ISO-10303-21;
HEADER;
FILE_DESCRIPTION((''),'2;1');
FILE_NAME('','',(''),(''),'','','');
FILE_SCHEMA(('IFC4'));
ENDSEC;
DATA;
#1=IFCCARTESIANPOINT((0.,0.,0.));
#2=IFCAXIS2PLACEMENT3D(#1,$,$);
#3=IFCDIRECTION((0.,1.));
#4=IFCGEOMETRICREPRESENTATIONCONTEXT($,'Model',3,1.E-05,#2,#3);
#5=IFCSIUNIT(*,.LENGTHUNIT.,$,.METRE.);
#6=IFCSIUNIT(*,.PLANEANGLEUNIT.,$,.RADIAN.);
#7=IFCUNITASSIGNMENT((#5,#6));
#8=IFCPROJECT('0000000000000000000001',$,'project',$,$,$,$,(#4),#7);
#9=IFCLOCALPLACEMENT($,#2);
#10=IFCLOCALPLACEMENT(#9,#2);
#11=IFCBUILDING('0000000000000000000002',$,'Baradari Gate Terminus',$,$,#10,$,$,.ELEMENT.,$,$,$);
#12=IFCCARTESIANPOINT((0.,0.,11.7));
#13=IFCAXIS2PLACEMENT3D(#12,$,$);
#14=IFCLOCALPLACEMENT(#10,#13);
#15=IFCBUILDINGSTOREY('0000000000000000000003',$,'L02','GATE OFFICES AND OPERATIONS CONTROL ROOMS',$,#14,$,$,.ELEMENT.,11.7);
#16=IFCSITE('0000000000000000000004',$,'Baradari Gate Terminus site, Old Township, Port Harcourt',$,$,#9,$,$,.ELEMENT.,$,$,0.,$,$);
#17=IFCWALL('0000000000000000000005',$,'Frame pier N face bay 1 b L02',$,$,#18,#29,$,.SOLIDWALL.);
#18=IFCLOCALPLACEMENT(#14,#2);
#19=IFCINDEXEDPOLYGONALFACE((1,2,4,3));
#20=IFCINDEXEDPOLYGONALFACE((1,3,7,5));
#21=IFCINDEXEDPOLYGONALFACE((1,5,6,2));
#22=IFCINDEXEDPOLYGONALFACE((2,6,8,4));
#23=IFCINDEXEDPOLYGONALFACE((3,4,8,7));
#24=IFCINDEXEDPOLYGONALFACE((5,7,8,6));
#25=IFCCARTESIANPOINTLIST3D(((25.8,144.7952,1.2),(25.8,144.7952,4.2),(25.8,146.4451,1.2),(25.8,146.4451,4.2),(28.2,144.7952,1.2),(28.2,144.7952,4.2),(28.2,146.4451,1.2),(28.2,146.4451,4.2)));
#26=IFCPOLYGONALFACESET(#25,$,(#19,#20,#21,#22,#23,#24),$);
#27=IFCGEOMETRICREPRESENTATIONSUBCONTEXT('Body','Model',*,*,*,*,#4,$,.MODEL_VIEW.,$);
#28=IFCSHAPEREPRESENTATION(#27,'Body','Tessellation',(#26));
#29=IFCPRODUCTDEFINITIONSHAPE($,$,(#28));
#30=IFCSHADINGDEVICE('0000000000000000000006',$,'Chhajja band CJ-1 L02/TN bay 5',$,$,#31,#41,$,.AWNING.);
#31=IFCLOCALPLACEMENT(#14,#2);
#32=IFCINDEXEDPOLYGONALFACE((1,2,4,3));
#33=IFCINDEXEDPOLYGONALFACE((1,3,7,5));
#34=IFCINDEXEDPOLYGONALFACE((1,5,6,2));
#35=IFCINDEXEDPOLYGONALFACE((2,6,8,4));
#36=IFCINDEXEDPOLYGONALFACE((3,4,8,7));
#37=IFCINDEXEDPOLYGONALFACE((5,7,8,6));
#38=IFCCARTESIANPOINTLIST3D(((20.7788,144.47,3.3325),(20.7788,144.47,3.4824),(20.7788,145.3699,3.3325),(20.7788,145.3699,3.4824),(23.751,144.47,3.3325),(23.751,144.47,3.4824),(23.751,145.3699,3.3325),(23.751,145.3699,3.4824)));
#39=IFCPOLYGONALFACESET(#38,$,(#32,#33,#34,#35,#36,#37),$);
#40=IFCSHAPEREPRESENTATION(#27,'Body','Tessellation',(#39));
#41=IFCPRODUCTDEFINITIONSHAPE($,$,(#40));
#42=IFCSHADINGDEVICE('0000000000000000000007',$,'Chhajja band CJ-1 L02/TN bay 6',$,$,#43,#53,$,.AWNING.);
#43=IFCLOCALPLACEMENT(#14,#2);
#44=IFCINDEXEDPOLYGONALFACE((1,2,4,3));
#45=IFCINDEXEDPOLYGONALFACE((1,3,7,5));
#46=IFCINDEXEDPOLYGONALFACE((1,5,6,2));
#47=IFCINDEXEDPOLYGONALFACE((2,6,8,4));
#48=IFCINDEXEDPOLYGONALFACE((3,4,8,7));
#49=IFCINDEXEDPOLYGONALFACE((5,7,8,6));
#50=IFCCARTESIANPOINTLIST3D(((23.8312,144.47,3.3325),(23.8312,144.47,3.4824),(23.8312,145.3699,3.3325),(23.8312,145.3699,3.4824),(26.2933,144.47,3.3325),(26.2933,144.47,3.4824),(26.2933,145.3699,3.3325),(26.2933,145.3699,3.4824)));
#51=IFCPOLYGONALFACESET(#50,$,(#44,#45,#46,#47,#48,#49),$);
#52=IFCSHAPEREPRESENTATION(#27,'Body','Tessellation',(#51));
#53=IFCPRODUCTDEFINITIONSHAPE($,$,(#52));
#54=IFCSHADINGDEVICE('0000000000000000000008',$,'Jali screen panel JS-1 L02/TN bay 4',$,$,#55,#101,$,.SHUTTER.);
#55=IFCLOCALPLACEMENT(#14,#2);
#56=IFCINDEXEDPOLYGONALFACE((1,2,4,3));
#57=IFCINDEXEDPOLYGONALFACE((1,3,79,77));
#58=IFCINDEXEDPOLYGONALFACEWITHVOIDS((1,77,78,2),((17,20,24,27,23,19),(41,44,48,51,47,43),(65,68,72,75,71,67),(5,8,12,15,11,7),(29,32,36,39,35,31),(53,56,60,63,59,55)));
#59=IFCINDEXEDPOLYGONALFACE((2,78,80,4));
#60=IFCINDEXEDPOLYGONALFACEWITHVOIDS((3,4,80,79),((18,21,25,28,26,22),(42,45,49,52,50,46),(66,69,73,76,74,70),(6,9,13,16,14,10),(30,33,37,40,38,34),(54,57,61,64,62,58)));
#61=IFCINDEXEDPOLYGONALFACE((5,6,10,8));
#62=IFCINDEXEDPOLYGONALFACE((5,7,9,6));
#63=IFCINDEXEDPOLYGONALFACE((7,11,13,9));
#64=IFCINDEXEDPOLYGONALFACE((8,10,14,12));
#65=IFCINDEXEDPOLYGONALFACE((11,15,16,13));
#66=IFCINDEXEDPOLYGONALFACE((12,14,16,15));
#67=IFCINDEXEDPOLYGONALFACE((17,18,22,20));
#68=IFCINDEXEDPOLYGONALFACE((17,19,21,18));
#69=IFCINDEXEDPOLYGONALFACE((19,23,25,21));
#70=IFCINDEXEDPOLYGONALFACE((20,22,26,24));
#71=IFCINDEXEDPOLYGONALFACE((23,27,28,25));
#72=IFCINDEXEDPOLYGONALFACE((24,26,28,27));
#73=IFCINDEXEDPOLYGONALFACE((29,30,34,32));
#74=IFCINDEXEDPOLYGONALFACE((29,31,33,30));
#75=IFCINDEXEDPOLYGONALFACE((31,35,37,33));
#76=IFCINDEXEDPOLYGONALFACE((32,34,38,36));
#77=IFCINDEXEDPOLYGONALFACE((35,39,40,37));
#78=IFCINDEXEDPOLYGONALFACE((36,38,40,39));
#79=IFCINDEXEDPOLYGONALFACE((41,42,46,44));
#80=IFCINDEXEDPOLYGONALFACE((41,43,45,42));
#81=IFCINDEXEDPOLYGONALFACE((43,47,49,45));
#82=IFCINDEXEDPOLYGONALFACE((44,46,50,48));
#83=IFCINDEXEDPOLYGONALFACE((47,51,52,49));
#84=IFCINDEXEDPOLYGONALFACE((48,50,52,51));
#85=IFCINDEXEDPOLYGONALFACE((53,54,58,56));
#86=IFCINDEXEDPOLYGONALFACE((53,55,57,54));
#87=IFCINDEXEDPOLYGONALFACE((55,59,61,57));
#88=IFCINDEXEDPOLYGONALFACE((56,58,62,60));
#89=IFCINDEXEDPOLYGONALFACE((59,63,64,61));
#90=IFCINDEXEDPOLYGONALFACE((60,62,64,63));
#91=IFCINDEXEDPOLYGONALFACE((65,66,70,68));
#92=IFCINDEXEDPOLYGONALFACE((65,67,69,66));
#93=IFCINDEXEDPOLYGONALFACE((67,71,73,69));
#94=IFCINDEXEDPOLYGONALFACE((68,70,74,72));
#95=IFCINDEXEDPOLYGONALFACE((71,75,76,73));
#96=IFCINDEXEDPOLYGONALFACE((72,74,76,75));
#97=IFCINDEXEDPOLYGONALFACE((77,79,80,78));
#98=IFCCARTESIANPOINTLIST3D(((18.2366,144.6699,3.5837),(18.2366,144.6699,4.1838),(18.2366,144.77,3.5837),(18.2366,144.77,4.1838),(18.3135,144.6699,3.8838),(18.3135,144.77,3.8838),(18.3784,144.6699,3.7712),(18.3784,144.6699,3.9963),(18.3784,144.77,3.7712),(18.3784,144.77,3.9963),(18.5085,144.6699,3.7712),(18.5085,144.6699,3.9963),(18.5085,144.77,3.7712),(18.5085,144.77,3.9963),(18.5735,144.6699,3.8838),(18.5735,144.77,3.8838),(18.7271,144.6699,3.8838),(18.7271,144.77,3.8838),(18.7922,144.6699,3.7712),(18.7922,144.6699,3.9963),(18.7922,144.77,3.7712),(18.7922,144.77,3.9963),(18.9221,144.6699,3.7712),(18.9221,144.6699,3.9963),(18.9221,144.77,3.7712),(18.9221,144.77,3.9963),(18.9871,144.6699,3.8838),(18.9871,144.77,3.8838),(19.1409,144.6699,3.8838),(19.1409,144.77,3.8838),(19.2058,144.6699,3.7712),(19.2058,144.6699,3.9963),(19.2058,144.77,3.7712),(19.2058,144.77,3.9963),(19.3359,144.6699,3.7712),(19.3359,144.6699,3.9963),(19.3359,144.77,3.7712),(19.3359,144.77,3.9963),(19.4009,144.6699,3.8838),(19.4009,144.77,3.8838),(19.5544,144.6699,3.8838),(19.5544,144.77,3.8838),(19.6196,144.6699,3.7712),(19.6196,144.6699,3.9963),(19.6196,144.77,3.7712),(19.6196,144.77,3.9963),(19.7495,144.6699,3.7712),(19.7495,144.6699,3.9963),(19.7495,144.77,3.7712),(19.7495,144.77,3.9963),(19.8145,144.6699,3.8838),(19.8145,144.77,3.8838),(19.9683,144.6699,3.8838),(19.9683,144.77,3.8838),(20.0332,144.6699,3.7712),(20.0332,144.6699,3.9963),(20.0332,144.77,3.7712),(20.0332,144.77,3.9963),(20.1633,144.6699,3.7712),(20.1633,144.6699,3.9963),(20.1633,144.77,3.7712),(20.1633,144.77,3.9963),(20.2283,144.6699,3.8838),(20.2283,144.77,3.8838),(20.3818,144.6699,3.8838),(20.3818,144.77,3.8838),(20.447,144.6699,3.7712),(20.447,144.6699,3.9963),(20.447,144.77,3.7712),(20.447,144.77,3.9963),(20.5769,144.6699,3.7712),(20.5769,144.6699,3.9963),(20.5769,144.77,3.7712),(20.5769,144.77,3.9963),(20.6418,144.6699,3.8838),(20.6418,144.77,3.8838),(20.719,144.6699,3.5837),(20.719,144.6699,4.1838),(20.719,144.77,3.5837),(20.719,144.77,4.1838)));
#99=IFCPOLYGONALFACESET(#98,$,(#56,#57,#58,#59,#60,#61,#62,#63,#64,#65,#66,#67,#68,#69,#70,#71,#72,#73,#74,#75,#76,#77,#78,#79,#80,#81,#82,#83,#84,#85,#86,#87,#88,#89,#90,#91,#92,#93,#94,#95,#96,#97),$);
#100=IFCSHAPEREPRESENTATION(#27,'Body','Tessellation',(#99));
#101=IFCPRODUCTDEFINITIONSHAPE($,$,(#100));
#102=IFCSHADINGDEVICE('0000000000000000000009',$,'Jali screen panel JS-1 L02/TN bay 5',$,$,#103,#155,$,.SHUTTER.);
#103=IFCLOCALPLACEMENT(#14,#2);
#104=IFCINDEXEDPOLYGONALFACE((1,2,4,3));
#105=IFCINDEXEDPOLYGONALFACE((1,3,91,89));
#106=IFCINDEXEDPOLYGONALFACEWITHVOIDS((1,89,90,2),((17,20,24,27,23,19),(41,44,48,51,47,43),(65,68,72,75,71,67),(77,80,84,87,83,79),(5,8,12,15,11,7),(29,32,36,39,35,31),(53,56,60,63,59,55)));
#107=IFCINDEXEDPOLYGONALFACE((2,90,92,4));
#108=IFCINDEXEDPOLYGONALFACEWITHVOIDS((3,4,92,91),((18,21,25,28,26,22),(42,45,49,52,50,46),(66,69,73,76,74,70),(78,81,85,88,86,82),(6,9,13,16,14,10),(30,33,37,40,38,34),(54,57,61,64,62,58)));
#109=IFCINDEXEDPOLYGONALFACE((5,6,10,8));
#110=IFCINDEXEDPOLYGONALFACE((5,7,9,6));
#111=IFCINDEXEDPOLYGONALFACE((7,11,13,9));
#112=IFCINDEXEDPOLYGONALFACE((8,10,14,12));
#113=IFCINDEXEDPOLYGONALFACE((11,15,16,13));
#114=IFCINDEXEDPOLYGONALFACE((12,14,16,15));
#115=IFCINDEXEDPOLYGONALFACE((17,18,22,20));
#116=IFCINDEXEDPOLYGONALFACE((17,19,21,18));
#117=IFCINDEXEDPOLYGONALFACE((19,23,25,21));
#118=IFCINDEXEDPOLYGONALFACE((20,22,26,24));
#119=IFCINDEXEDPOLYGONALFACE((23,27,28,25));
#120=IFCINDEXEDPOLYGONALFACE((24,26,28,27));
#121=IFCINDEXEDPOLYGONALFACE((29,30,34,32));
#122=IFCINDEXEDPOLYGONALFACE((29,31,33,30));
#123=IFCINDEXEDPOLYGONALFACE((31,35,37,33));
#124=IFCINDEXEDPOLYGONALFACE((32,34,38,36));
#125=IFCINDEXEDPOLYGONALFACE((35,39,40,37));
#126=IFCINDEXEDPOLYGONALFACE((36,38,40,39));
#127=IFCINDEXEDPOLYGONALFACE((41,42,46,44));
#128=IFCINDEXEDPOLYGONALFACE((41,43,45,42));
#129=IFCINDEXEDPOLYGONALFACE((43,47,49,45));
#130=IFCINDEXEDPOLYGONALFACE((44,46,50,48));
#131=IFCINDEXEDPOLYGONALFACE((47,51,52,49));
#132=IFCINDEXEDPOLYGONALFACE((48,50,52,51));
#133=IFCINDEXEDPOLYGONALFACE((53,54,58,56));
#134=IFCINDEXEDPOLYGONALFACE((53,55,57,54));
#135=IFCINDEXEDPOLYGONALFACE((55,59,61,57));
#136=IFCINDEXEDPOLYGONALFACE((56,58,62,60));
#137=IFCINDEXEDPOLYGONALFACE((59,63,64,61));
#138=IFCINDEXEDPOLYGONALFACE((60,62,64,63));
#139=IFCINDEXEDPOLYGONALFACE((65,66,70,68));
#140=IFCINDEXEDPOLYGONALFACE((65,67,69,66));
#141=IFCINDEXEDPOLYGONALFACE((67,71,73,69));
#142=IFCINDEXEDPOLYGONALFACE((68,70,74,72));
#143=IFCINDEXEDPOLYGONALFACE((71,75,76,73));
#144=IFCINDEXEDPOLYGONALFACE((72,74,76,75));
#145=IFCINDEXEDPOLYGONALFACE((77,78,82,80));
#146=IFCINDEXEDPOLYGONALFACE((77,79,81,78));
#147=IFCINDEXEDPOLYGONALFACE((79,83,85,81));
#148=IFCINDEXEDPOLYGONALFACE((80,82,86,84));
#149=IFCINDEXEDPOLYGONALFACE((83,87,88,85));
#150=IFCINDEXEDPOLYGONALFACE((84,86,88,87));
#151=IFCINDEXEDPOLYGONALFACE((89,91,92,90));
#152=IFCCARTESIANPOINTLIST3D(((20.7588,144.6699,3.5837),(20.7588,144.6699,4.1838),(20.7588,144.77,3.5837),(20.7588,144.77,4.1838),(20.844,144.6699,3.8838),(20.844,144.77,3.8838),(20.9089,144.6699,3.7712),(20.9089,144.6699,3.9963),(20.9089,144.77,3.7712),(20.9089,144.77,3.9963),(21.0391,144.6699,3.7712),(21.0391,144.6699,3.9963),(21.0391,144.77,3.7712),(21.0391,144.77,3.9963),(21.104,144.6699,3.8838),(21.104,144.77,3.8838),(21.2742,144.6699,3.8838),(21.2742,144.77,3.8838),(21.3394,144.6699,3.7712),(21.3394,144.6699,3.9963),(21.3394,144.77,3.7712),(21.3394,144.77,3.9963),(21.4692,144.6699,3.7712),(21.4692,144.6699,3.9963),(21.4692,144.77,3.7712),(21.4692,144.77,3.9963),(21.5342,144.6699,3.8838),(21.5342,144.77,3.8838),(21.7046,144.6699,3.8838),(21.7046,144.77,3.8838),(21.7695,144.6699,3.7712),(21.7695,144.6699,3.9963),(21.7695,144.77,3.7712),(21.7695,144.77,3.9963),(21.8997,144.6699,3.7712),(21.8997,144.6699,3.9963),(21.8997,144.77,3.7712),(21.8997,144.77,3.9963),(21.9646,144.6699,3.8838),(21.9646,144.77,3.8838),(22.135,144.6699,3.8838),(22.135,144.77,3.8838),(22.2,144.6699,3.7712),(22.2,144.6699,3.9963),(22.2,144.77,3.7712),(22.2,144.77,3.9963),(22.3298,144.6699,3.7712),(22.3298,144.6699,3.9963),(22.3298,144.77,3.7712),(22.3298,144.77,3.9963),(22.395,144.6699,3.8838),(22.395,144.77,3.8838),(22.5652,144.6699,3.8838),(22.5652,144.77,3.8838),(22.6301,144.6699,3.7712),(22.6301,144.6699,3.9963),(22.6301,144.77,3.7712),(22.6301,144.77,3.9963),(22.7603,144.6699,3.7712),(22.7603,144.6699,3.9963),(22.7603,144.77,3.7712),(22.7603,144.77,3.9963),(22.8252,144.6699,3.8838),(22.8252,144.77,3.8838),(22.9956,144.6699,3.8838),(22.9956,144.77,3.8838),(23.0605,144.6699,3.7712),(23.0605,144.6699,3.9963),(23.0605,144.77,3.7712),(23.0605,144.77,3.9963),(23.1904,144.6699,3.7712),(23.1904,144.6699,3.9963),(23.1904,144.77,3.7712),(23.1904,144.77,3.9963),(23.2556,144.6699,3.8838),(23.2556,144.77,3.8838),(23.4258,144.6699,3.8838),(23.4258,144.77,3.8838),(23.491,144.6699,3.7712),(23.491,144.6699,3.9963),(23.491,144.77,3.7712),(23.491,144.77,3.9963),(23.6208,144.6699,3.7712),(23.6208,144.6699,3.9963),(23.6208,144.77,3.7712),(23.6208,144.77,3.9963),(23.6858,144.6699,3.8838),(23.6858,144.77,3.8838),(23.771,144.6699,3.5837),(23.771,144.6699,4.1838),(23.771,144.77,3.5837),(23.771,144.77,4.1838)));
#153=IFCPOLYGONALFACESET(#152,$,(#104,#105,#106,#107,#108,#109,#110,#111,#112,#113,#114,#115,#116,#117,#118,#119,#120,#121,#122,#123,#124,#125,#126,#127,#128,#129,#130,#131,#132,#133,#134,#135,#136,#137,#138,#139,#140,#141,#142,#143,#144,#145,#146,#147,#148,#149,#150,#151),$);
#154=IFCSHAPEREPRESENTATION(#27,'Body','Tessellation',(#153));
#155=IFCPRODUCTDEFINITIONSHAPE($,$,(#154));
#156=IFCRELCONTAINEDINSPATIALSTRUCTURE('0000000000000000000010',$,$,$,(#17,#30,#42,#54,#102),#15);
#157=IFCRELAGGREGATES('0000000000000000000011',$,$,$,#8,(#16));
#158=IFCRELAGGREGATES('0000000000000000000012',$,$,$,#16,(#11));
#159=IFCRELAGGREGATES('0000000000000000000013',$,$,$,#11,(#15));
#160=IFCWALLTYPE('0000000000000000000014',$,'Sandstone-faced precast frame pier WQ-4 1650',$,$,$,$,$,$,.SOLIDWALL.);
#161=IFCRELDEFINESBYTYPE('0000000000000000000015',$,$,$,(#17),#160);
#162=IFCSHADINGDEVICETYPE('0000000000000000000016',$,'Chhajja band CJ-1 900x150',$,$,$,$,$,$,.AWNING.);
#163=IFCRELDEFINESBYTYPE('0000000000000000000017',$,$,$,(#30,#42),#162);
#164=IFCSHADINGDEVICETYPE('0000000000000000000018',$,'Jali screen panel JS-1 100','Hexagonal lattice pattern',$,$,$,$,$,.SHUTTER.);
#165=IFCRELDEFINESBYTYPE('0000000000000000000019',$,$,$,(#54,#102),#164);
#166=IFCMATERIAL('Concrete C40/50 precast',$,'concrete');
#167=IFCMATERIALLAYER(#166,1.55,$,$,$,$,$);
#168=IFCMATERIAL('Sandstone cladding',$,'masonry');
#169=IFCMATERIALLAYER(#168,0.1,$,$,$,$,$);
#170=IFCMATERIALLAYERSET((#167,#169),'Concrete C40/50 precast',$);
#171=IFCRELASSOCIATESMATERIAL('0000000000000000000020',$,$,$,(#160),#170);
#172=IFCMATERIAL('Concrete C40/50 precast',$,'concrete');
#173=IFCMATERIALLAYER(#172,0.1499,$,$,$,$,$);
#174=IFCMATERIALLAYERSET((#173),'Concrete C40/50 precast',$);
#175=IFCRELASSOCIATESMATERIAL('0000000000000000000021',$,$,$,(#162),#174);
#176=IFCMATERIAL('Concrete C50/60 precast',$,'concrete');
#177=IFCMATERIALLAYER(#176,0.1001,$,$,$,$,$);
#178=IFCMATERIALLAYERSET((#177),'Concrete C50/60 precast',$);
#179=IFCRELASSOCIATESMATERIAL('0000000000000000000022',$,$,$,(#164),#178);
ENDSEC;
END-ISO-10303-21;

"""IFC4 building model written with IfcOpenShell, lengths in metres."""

from ifc_helpers import new_model, si_unit, direction, frame, frame_2d, origin, origin_2d, place, context, subcontext, project, spatial, polyline, rectangle, outline, extrude, material, layer, layer_set, type_object, element, save


model = new_model("IFC4")

# Units and contexts
model_context = context("Model", 3, precision=1e-05, world=origin(), true_north=direction((0.0, 1.0)))
body_context = subcontext(model_context, "Body", "Model", "MODEL_VIEW")
ifc_project = project(units=[si_unit("LENGTHUNIT", "METRE"), si_unit("PLANEANGLEUNIT", "RADIAN")], contexts=[model_context])

# Site, building, storey
site_placement = place(None, origin())
site = spatial("IfcSite", under=ifc_project, at=site_placement, Name="Baradari Gate Terminus site, Old Township, Port Harcourt", CompositionType="ELEMENT", RefElevation=0.0)
building_placement = place(site_placement, origin())
building = spatial("IfcBuilding", under=site, at=building_placement, Name="Baradari Gate Terminus", CompositionType="ELEMENT")
storey_placement = place(building_placement, frame((0.0, 0.0, 11.7)))
storey = spatial("IfcBuildingStorey", under=building, at=storey_placement, Name="L02", Description="GATE OFFICES AND OPERATIONS CONTROL ROOMS", CompositionType="ELEMENT", Elevation=11.7)

# Wall
ifc_material_1 = material(Name="Concrete C40/50 precast", Category="concrete")
ifc_layer_1 = layer(ifc_material_1, 1.55)
ifc_material_2 = material(Name="Sandstone cladding", Category="masonry")
ifc_layer_2 = layer(ifc_material_2, 0.1)
ifc_layer_set_1 = layer_set([ifc_layer_1, ifc_layer_2], Name="Concrete C40/50 precast")
wall_type = type_object("IfcWallType", Name="Sandstone-faced precast frame pier WQ-4 1650", PredefinedType="SOLIDWALL", material=ifc_layer_set_1)
wall_placement = place(storey_placement, frame((25.8, 145.6201, 1.2), z_axis=(0.0, 0.0, 1.0), x_axis=(1.0, 0.0, 0.0)))
element("IfcWall", 1, at=wall_placement, inside=storey, type_object=wall_type, Name="Frame pier N face bay 1 b L02", PredefinedType="SOLIDWALL", context=body_context, shape_type="SweptSolid", body=[
    extrude(rectangle(XDim=2.3999, YDim=1.6499, at=frame_2d((1.2, 0.0))), origin(), (0.0, 0.0, 1.0), 3.0),
])

# Shading devices
ifc_material_3 = material(Name="Concrete C40/50 precast", Category="concrete")
ifc_layer_3 = layer(ifc_material_3, 0.1499)
ifc_layer_set_2 = layer_set([ifc_layer_3], Name="Concrete C40/50 precast")
shading_device_type_1 = type_object("IfcShadingDeviceType", Name="Chhajja band CJ-1 900x150", PredefinedType="AWNING", material=ifc_layer_set_2)
shading_device_1_placement = place(storey_placement, frame((22.2649, 144.9199, 3.3325), z_axis=(0.0, 0.0, 1.0), x_axis=(1.0, 0.0, 0.0)))
element("IfcShadingDevice", 2, at=shading_device_1_placement, inside=storey, type_object=shading_device_type_1, Name="Chhajja band CJ-1 L02/TN bay 5", PredefinedType="AWNING", context=body_context, shape_type="SweptSolid", body=[
    extrude(rectangle(XDim=2.9722, YDim=0.8999, at=origin_2d()), origin(), (0.0, 0.0, 1.0), 0.1499),
])
shading_device_2_placement = place(storey_placement, frame((25.0623, 144.9199, 3.3325), z_axis=(0.0, 0.0, 1.0), x_axis=(1.0, 0.0, 0.0)))
element("IfcShadingDevice", 3, at=shading_device_2_placement, inside=storey, type_object=shading_device_type_1, Name="Chhajja band CJ-1 L02/TN bay 6", PredefinedType="AWNING", context=body_context, shape_type="SweptSolid", body=[
    extrude(rectangle(XDim=2.4622, YDim=0.8999, at=origin_2d()), origin(), (0.0, 0.0, 1.0), 0.1499),
])
ifc_material_4 = material(Name="Concrete C50/60 precast", Category="concrete")
ifc_layer_4 = layer(ifc_material_4, 0.1001)
ifc_layer_set_3 = layer_set([ifc_layer_4], Name="Concrete C50/60 precast")
shading_device_type_2 = type_object("IfcShadingDeviceType", Name="Jali screen panel JS-1 100", Description="Hexagonal lattice pattern", PredefinedType="SHUTTER", material=ifc_layer_set_3)
shading_device_3_placement = place(storey_placement, frame((18.2366, 144.72, 3.5837), z_axis=(0.0, 0.0, 1.0), x_axis=(1.0, 0.0, 0.0)))
element("IfcShadingDevice", 4, at=shading_device_3_placement, inside=storey, type_object=shading_device_type_2, Name="Jali screen panel JS-1 L02/TN bay 4", PredefinedType="SHUTTER", context=body_context, shape_type="SweptSolid", body=[
    extrude(outline(polyline([(0.0, 0.0), (2.4824, 0.0), (2.4824, 0.6001), (0.0, 0.6001), (0.0, 0.0)]), holes=[polyline([(0.3369, 0.3), (0.272, 0.1875), (0.1418, 0.1875), (0.0769, 0.3), (0.1418, 0.4126), (0.272, 0.4126), (0.3369, 0.3)]), polyline([(0.7505, 0.3), (0.6855, 0.1875), (0.5557, 0.1875), (0.4905, 0.3), (0.5557, 0.4126), (0.6855, 0.4126), (0.7505, 0.3)]), polyline([(1.1643, 0.3), (1.0994, 0.1875), (0.9692, 0.1875), (0.9043, 0.3), (0.9692, 0.4126), (1.0994, 0.4126), (1.1643, 0.3)]), polyline([(1.5779, 0.3), (1.5129, 0.1875), (1.3831, 0.1875), (1.3179, 0.3), (1.3831, 0.4126), (1.5129, 0.4126), (1.5779, 0.3)]), polyline([(1.9917, 0.3), (1.9268, 0.1875), (1.7966, 0.1875), (1.7317, 0.3), (1.7966, 0.4126), (1.9268, 0.4126), (1.9917, 0.3)]), polyline([(2.4053, 0.3), (2.3403, 0.1875), (2.2104, 0.1875), (2.1453, 0.3), (2.2104, 0.4126), (2.3403, 0.4126), (2.4053, 0.3)])]), frame((0.0, 0.05, 0.0), z_axis=(0.0, -1.0, 0.0), x_axis=(1.0, 0.0, 0.0)), (0.0, 0.0, 1.0), 0.1001),
])
shading_device_4_placement = place(storey_placement, frame((20.7588, 144.72, 3.5837), z_axis=(0.0, 0.0, 1.0), x_axis=(1.0, 0.0, 0.0)))
element("IfcShadingDevice", 5, at=shading_device_4_placement, inside=storey, type_object=shading_device_type_2, Name="Jali screen panel JS-1 L02/TN bay 5", PredefinedType="SHUTTER", context=body_context, shape_type="SweptSolid", body=[
    extrude(outline(polyline([(0.0, 0.0), (3.0122, 0.0), (3.0122, 0.6001), (0.0, 0.6001), (0.0, 0.0)]), holes=[polyline([(0.3452, 0.3), (0.2803, 0.1875), (0.1501, 0.1875), (0.0852, 0.3), (0.1501, 0.4126), (0.2803, 0.4126), (0.3452, 0.3)]), polyline([(0.7754, 0.3), (0.7104, 0.1875), (0.5806, 0.1875), (0.5154, 0.3), (0.5806, 0.4126), (0.7104, 0.4126), (0.7754, 0.3)]), polyline([(1.2058, 0.3), (1.1409, 0.1875), (1.0107, 0.1875), (0.9458, 0.3), (1.0107, 0.4126), (1.1409, 0.4126), (1.2058, 0.3)]), polyline([(1.6362, 0.3), (1.571, 0.1875), (1.4412, 0.1875), (1.3762, 0.3), (1.4412, 0.4126), (1.571, 0.4126), (1.6362, 0.3)]), polyline([(2.0664, 0.3), (2.0015, 0.1875), (1.8713, 0.1875), (1.8064, 0.3), (1.8713, 0.4126), (2.0015, 0.4126), (2.0664, 0.3)]), polyline([(2.4968, 0.3), (2.4316, 0.1875), (2.3018, 0.1875), (2.2368, 0.3), (2.3018, 0.4126), (2.4316, 0.4126), (2.4968, 0.3)]), polyline([(2.927, 0.3), (2.8621, 0.1875), (2.7322, 0.1875), (2.667, 0.3), (2.7322, 0.4126), (2.8621, 0.4126), (2.927, 0.3)])]), frame((0.0, 0.05, 0.0), z_axis=(0.0, -1.0, 0.0), x_axis=(1.0, 0.0, 0.0)), (0.0, 0.0, 1.0), 0.1001),
])

save(model, "model.ifc")
